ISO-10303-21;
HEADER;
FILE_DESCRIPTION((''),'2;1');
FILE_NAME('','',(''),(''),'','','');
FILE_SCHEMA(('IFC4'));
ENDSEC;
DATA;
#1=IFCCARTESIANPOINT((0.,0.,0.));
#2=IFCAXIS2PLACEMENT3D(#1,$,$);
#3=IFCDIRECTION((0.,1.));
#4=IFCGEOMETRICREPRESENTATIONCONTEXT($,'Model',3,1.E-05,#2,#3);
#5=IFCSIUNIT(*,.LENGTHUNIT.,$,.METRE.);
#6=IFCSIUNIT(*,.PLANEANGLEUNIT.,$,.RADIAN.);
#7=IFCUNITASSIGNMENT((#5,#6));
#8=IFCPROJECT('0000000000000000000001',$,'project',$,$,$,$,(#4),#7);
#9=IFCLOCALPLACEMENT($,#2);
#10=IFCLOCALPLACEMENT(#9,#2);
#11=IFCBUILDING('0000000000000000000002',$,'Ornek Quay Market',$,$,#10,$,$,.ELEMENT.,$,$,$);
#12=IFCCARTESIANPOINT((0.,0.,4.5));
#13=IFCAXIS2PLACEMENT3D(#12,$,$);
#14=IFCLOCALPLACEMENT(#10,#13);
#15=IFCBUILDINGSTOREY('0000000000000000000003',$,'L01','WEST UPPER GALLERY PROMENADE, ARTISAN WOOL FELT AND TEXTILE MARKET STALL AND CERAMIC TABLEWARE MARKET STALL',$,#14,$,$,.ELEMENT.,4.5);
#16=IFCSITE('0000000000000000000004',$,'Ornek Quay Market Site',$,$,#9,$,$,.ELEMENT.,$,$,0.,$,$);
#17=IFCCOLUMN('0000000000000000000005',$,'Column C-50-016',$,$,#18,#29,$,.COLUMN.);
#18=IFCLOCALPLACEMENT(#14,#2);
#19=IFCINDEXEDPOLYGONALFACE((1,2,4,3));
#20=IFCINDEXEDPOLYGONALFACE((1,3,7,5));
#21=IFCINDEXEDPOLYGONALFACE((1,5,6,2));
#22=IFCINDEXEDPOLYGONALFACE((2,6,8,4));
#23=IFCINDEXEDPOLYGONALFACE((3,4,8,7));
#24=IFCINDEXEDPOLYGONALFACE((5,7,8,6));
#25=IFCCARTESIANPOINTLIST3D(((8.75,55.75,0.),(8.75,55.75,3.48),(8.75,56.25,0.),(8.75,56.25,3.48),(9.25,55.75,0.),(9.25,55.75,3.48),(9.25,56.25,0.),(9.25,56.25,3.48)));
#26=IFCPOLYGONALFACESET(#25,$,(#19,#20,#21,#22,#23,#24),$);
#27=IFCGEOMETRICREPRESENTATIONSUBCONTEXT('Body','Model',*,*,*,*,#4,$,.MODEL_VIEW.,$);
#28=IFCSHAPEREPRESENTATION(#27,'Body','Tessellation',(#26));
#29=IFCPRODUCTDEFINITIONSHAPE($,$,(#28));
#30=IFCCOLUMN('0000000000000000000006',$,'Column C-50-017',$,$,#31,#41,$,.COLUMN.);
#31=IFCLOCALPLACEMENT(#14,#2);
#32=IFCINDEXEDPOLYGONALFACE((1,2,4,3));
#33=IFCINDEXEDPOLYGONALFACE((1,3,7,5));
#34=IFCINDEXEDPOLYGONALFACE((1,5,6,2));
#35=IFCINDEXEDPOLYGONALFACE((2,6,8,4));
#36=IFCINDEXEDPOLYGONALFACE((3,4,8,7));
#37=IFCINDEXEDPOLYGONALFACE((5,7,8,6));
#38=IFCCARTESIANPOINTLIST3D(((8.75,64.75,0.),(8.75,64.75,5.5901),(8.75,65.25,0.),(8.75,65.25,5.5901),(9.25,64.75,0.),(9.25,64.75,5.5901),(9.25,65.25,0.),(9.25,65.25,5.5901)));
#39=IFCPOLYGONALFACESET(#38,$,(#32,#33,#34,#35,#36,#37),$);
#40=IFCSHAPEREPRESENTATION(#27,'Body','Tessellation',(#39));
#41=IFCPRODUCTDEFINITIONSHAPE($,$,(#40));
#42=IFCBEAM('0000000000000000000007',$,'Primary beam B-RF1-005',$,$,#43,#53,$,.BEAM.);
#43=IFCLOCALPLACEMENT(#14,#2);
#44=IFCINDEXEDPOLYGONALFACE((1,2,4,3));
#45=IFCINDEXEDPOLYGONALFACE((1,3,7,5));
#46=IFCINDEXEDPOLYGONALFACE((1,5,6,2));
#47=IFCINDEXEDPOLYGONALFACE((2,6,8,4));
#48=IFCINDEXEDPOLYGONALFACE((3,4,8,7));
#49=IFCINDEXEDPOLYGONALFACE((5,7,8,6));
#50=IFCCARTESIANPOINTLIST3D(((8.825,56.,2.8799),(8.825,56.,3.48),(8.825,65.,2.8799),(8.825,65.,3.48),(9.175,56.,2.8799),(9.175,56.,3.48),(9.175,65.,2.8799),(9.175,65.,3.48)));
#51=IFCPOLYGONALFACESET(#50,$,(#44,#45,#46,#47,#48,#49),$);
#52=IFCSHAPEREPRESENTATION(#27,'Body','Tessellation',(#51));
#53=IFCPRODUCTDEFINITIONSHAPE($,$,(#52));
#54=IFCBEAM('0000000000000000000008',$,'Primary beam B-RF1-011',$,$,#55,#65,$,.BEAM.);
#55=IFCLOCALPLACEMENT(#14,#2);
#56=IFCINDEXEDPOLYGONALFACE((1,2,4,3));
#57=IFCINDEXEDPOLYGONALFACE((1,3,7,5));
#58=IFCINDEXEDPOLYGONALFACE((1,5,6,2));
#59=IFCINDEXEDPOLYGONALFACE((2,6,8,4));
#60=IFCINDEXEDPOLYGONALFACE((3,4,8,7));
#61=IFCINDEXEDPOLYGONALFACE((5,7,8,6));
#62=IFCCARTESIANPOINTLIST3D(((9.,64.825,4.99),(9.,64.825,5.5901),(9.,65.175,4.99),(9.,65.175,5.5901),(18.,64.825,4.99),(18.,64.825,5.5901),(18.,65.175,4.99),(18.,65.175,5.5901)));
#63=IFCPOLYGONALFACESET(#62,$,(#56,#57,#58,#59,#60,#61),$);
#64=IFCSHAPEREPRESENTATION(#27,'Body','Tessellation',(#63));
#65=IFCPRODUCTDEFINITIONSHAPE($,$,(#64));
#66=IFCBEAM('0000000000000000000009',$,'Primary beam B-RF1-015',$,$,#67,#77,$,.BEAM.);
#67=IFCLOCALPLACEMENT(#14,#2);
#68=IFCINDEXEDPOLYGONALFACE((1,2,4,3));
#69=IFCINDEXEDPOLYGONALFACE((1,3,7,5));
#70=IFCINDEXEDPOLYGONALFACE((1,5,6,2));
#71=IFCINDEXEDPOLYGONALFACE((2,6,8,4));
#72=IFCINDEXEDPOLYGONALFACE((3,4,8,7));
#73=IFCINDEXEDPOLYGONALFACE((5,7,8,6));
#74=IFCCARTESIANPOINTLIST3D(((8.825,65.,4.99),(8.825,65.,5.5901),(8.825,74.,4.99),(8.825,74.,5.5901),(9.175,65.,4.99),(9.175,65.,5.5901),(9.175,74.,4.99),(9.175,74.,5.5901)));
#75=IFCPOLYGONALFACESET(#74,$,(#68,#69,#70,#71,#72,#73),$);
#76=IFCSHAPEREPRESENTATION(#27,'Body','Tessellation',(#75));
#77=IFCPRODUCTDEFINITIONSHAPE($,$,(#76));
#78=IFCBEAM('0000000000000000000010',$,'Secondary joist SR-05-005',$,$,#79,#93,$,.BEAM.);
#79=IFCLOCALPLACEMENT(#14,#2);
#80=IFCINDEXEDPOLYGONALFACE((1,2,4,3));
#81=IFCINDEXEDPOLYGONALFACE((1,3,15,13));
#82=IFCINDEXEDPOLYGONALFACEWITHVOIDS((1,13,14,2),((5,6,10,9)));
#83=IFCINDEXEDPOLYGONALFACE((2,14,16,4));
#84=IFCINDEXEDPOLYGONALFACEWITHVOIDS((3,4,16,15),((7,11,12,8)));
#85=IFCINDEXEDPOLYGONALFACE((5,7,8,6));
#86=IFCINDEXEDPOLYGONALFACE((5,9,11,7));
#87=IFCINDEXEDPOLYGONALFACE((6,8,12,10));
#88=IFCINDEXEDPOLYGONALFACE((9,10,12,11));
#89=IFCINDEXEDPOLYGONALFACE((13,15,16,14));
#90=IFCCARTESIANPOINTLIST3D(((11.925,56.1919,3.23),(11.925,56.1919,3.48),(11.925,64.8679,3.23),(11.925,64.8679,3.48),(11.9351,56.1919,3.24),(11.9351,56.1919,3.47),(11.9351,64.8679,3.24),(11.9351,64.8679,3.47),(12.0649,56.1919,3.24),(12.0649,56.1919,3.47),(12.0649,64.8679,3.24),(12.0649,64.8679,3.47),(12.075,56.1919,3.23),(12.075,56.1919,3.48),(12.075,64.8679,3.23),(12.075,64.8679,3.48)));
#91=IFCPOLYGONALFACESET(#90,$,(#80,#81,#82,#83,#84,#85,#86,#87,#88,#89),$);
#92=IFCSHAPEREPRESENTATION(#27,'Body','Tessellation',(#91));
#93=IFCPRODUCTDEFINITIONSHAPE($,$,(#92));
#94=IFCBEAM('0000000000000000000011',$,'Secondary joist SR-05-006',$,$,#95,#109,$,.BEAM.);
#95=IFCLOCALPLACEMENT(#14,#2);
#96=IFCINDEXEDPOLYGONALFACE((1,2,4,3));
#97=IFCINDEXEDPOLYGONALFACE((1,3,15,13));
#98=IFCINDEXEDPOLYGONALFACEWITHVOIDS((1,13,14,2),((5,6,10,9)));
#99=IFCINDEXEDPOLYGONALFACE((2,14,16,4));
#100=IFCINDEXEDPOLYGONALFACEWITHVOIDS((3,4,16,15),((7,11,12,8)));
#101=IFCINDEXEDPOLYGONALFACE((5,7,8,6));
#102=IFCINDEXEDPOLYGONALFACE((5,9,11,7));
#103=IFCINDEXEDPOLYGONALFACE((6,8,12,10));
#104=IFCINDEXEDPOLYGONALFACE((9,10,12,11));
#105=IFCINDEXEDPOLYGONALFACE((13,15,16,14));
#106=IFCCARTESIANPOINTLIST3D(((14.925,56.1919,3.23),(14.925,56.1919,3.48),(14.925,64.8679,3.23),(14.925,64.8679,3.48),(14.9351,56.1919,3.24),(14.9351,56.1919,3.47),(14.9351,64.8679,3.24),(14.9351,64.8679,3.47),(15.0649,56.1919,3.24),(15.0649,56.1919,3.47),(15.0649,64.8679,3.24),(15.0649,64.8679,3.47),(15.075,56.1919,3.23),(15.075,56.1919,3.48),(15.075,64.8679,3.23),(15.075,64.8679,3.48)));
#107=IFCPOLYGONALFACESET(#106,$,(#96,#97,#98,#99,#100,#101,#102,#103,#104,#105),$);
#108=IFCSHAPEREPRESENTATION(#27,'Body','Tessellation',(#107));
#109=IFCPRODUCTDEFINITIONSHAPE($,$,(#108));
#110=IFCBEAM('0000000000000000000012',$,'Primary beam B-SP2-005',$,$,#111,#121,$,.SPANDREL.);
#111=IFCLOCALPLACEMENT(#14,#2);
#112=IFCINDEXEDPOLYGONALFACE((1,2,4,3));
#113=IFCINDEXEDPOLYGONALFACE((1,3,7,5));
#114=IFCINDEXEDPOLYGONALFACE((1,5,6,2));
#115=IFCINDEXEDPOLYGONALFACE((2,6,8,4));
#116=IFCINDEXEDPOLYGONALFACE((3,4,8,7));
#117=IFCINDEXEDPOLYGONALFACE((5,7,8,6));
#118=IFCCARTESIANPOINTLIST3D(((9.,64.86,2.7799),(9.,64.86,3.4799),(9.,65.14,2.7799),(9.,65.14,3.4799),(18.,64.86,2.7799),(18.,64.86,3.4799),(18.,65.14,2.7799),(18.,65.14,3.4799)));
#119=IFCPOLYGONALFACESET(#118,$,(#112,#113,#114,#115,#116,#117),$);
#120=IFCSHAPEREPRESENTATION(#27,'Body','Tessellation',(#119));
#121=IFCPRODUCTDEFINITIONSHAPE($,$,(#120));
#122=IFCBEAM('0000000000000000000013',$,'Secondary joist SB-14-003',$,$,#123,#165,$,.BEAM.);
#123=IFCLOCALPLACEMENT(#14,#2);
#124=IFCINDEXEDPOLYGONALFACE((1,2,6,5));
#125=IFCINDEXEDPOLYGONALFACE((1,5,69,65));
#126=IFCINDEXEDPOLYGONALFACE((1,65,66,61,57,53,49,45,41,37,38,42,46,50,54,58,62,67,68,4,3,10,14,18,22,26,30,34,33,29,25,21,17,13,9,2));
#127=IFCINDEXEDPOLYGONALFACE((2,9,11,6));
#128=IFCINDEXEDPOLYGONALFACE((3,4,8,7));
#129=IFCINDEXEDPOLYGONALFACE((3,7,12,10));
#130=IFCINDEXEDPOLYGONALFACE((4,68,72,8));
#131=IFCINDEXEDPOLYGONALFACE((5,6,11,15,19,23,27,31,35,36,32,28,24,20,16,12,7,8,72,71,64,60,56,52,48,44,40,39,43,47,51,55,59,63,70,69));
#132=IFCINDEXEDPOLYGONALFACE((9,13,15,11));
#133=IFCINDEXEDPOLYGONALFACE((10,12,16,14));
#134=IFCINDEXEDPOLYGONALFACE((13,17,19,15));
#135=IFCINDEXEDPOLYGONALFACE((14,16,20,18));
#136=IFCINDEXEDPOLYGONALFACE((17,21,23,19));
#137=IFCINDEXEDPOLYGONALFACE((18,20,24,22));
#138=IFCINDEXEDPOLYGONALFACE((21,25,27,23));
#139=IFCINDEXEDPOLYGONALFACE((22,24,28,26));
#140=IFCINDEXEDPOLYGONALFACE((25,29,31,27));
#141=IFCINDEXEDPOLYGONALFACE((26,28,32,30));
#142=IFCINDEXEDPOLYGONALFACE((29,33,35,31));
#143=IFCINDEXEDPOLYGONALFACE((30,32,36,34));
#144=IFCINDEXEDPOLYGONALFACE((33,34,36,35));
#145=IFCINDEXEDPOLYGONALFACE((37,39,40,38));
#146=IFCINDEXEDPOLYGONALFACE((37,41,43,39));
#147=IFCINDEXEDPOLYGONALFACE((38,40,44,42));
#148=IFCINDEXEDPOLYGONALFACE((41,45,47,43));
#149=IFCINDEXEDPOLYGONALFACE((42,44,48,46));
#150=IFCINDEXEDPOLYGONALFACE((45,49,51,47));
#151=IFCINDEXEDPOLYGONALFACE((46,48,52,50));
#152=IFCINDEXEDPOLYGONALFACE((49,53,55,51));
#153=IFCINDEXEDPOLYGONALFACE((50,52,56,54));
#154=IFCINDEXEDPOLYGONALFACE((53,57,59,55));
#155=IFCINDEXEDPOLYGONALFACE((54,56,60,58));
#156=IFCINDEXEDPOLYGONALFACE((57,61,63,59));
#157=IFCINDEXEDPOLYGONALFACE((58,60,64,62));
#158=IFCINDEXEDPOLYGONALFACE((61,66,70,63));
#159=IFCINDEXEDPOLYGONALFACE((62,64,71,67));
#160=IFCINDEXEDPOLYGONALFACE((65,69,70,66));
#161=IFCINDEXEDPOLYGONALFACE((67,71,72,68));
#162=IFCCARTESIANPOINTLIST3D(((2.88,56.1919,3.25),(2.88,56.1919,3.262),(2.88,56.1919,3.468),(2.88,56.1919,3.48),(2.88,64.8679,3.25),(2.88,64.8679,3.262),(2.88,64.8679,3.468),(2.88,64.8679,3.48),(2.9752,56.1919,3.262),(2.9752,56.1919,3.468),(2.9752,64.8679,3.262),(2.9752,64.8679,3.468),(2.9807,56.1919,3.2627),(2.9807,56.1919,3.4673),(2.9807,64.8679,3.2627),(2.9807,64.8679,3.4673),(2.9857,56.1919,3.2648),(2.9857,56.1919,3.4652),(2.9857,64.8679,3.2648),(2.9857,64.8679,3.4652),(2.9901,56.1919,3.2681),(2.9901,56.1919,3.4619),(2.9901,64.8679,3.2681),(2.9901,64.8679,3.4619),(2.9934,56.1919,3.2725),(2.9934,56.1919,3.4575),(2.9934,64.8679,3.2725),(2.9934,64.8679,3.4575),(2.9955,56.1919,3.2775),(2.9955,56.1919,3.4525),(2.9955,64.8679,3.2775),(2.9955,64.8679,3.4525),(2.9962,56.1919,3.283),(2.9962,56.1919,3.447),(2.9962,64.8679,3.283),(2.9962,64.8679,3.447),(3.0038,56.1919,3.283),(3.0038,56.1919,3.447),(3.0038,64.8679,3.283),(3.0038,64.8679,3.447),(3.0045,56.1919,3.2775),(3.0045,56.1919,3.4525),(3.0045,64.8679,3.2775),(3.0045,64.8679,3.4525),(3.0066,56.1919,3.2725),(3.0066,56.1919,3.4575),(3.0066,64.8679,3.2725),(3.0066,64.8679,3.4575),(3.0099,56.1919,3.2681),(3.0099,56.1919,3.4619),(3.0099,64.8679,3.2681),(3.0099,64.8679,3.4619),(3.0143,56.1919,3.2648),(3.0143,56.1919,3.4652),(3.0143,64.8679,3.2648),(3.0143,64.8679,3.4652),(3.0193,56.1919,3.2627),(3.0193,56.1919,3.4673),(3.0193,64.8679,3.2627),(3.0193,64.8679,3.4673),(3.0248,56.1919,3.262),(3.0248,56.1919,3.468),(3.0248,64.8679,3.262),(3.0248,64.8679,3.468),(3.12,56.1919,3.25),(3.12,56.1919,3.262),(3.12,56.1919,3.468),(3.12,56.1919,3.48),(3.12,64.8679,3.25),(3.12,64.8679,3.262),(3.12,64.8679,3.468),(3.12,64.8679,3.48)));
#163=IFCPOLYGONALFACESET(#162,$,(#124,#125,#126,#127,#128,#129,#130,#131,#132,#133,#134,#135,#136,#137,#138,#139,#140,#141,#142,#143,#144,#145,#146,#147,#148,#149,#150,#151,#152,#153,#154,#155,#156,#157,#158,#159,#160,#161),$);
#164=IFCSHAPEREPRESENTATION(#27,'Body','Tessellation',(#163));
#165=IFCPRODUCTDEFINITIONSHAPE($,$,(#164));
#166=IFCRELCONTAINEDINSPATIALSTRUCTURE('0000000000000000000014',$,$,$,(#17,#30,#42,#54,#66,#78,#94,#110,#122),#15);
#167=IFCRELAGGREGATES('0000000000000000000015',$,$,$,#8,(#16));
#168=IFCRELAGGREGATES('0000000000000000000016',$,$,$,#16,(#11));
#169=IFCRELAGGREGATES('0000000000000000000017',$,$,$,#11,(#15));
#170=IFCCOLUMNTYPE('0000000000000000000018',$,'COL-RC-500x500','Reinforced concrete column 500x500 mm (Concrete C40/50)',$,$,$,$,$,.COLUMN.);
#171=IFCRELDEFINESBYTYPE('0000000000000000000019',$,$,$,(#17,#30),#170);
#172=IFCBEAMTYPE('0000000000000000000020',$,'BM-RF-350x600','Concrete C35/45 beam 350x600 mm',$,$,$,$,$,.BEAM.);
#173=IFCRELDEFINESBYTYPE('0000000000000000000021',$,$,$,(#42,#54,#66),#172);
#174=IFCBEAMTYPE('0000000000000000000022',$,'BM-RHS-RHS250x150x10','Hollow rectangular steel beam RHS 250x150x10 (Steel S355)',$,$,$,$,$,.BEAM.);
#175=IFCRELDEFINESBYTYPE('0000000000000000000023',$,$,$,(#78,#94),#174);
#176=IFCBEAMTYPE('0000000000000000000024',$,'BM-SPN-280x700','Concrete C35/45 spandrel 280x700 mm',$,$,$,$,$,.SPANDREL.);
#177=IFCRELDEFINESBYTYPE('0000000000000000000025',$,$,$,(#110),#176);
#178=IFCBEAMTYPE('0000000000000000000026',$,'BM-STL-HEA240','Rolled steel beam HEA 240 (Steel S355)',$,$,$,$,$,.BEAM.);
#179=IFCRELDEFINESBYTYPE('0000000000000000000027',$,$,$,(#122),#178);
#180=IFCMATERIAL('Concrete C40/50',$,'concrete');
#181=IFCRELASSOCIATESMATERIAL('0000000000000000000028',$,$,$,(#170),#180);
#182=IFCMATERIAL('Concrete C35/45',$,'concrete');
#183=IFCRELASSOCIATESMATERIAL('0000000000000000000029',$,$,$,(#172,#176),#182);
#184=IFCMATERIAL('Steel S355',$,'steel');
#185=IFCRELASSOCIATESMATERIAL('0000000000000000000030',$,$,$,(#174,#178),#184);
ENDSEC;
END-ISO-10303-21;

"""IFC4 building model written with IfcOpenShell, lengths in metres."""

from ifc_helpers import new_model, si_unit, direction, frame, origin, origin_2d, place, context, subcontext, project, spatial, rectangle, hollow_rectangle, i_section, extrude, material, material_profile, profile_set, type_object, element, save


model = new_model("IFC4")

# Units and contexts
model_context = context("Model", 3, precision=1e-05, world=origin(), true_north=direction((0.0, 1.0)))
body_context = subcontext(model_context, "Body", "Model", "MODEL_VIEW")
ifc_project = project(units=[si_unit("LENGTHUNIT", "METRE"), si_unit("PLANEANGLEUNIT", "RADIAN")], contexts=[model_context])

# Site, building, storey
site_placement = place(None, origin())
site = spatial("IfcSite", under=ifc_project, at=site_placement, Name="Ornek Quay Market Site", CompositionType="ELEMENT", RefElevation=0.0)
building_placement = place(site_placement, origin())
building = spatial("IfcBuilding", under=site, at=building_placement, Name="Ornek Quay Market", CompositionType="ELEMENT")
storey_placement = place(building_placement, frame((0.0, 0.0, 4.5)))
storey = spatial("IfcBuildingStorey", under=building, at=storey_placement, Name="L01", Description="WEST UPPER GALLERY PROMENADE, ARTISAN WOOL FELT AND TEXTILE MARKET STALL AND CERAMIC TABLEWARE MARKET STALL", CompositionType="ELEMENT", Elevation=4.5)

# Columns
ifc_material_1 = material(Name="Concrete C40/50", Category="concrete")
ifc_material_profile_1 = material_profile(ifc_material_1, rectangle(XDim=0.5, YDim=0.5, at=origin_2d()), Name="RC 500x500", Category="concrete")
ifc_profile_set_1 = profile_set([ifc_material_profile_1], Name="Concrete C40/50")
column_type = type_object("IfcColumnType", Name="COL-RC-500x500", Description="Reinforced concrete column 500x500 mm (Concrete C40/50)", PredefinedType="COLUMN", material=ifc_profile_set_1)
column_1_placement = place(storey_placement, frame((9.0, 56.0, 0.0), z_axis=(0.0, 0.0, 1.0), x_axis=(1.0, 0.0, 0.0)))
element("IfcColumn", 1, at=column_1_placement, inside=storey, type_object=column_type, Name="Column C-50-016", PredefinedType="COLUMN", context=body_context, shape_type="SweptSolid", body=[
    extrude(rectangle(XDim=0.5, YDim=0.5, at=origin_2d()), origin(), (0.0, 0.0, 1.0), 3.48),
])
column_2_placement = place(storey_placement, frame((9.0, 65.0, 0.0), z_axis=(0.0, 0.0, 1.0), x_axis=(1.0, 0.0, 0.0)))
element("IfcColumn", 2, at=column_2_placement, inside=storey, type_object=column_type, Name="Column C-50-017", PredefinedType="COLUMN", context=body_context, shape_type="SweptSolid", body=[
    extrude(rectangle(XDim=0.5, YDim=0.5, at=origin_2d()), origin(), (0.0, 0.0, 1.0), 5.5901),
])

# Beams
ifc_material_2 = material(Name="Concrete C35/45", Category="concrete")
ifc_material_profile_2 = material_profile(ifc_material_2, rectangle(XDim=0.3501, YDim=0.6001, at=origin_2d()), Name="RC 350x600", Category="concrete")
ifc_profile_set_2 = profile_set([ifc_material_profile_2], Name="Concrete C35/45")
beam_type_1 = type_object("IfcBeamType", Name="BM-RF-350x600", Description="Concrete C35/45 beam 350x600 mm", PredefinedType="BEAM", material=ifc_profile_set_2)
for number, where, z_axis, x_axis, name in (
    (3, (9.0, 56.0, 3.1799), (0.0, 1.0, 0.0), (-1.0, 0.0, 0.0), "Primary beam B-RF1-005"),
    (4, (9.0, 65.0, 5.29), (1.0, 0.0, 0.0), (0.0, 1.0, 0.0), "Primary beam B-RF1-011"),
    (5, (9.0, 65.0, 5.29), (0.0, 1.0, 0.0), (-1.0, 0.0, 0.0), "Primary beam B-RF1-015"),
):
    element("IfcBeam", number, at=place(storey_placement, frame(where, z_axis=z_axis, x_axis=x_axis)), inside=storey, type_object=beam_type_1, Name=name, PredefinedType="BEAM", context=body_context, shape_type="SweptSolid", body=[
        extrude(rectangle(XDim=0.3501, YDim=0.6001, at=origin_2d()), origin(), (0.0, 0.0, 1.0), 9.0),
    ])
ifc_material_3 = material(Name="Steel S355", Category="steel")
ifc_material_profile_3 = material_profile(ifc_material_3, hollow_rectangle(XDim=0.1499, YDim=0.25, WallThickness=0.01, at=origin_2d()), Name="RHS 250x150x10", Category="steel")
ifc_profile_set_3 = profile_set([ifc_material_profile_3], Name="Steel S355")
beam_type_2 = type_object("IfcBeamType", Name="BM-RHS-RHS250x150x10", Description="Hollow rectangular steel beam RHS 250x150x10 (Steel S355)", PredefinedType="BEAM", material=ifc_profile_set_3)
for number, where, z_axis, x_axis, name in (
    (6, (12.0, 56.1919, 3.355), (0.0, 1.0, 0.0), (-1.0, 0.0, 0.0), "Secondary joist SR-05-005"),
    (7, (15.0, 56.1919, 3.355), (0.0, 1.0, 0.0), (-1.0, 0.0, 0.0), "Secondary joist SR-05-006"),
):
    element("IfcBeam", number, at=place(storey_placement, frame(where, z_axis=z_axis, x_axis=x_axis)), inside=storey, type_object=beam_type_2, Name=name, PredefinedType="BEAM", context=body_context, shape_type="SweptSolid", body=[
        extrude(hollow_rectangle(XDim=0.1499, YDim=0.25, WallThickness=0.01, at=origin_2d()), origin(), (0.0, 0.0, 1.0), 8.676),
    ])
ifc_material_profile_4 = material_profile(ifc_material_2, rectangle(XDim=0.28, YDim=0.7, at=origin_2d()), Name="RC 280x700", Category="concrete")
ifc_profile_set_4 = profile_set([ifc_material_profile_4], Name="Concrete C35/45")
beam_type_3 = type_object("IfcBeamType", Name="BM-SPN-280x700", Description="Concrete C35/45 spandrel 280x700 mm", PredefinedType="SPANDREL", material=ifc_profile_set_4)
beam_1_placement = place(storey_placement, frame((9.0, 65.0, 3.1299), z_axis=(1.0, 0.0, 0.0), x_axis=(0.0, 1.0, 0.0)))
element("IfcBeam", 8, at=beam_1_placement, inside=storey, type_object=beam_type_3, Name="Primary beam B-SP2-005", PredefinedType="SPANDREL", context=body_context, shape_type="SweptSolid", body=[
    extrude(rectangle(XDim=0.28, YDim=0.7, at=origin_2d()), origin(), (0.0, 0.0, 1.0), 9.0),
])
ifc_material_profile_5 = material_profile(ifc_material_3, i_section(OverallWidth=0.24, OverallDepth=0.23, WebThickness=0.0076, FlangeThickness=0.012, FilletRadius=0.021, at=origin_2d()), Name="HEA 240", Category="steel")
ifc_profile_set_5 = profile_set([ifc_material_profile_5], Name="Steel S355")
beam_type_4 = type_object("IfcBeamType", Name="BM-STL-HEA240", Description="Rolled steel beam HEA 240 (Steel S355)", PredefinedType="BEAM", material=ifc_profile_set_5)
for number, where, z_axis, x_axis, name in (
    (9, (3.0, 56.1919, 3.365), (0.0, 1.0, 0.0), (-1.0, 0.0, 0.0), "Secondary joist SB-14-003"),
):
    element("IfcBeam", number, at=place(storey_placement, frame(where, z_axis=z_axis, x_axis=x_axis)), inside=storey, type_object=beam_type_4, Name=name, PredefinedType="BEAM", context=body_context, shape_type="SweptSolid", body=[
        extrude(i_section(OverallWidth=0.24, OverallDepth=0.23, WebThickness=0.0076, FlangeThickness=0.012, FilletRadius=0.021, at=origin_2d()), origin(), (0.0, 0.0, 1.0), 8.676),
    ])

save(model, "model.ifc")
